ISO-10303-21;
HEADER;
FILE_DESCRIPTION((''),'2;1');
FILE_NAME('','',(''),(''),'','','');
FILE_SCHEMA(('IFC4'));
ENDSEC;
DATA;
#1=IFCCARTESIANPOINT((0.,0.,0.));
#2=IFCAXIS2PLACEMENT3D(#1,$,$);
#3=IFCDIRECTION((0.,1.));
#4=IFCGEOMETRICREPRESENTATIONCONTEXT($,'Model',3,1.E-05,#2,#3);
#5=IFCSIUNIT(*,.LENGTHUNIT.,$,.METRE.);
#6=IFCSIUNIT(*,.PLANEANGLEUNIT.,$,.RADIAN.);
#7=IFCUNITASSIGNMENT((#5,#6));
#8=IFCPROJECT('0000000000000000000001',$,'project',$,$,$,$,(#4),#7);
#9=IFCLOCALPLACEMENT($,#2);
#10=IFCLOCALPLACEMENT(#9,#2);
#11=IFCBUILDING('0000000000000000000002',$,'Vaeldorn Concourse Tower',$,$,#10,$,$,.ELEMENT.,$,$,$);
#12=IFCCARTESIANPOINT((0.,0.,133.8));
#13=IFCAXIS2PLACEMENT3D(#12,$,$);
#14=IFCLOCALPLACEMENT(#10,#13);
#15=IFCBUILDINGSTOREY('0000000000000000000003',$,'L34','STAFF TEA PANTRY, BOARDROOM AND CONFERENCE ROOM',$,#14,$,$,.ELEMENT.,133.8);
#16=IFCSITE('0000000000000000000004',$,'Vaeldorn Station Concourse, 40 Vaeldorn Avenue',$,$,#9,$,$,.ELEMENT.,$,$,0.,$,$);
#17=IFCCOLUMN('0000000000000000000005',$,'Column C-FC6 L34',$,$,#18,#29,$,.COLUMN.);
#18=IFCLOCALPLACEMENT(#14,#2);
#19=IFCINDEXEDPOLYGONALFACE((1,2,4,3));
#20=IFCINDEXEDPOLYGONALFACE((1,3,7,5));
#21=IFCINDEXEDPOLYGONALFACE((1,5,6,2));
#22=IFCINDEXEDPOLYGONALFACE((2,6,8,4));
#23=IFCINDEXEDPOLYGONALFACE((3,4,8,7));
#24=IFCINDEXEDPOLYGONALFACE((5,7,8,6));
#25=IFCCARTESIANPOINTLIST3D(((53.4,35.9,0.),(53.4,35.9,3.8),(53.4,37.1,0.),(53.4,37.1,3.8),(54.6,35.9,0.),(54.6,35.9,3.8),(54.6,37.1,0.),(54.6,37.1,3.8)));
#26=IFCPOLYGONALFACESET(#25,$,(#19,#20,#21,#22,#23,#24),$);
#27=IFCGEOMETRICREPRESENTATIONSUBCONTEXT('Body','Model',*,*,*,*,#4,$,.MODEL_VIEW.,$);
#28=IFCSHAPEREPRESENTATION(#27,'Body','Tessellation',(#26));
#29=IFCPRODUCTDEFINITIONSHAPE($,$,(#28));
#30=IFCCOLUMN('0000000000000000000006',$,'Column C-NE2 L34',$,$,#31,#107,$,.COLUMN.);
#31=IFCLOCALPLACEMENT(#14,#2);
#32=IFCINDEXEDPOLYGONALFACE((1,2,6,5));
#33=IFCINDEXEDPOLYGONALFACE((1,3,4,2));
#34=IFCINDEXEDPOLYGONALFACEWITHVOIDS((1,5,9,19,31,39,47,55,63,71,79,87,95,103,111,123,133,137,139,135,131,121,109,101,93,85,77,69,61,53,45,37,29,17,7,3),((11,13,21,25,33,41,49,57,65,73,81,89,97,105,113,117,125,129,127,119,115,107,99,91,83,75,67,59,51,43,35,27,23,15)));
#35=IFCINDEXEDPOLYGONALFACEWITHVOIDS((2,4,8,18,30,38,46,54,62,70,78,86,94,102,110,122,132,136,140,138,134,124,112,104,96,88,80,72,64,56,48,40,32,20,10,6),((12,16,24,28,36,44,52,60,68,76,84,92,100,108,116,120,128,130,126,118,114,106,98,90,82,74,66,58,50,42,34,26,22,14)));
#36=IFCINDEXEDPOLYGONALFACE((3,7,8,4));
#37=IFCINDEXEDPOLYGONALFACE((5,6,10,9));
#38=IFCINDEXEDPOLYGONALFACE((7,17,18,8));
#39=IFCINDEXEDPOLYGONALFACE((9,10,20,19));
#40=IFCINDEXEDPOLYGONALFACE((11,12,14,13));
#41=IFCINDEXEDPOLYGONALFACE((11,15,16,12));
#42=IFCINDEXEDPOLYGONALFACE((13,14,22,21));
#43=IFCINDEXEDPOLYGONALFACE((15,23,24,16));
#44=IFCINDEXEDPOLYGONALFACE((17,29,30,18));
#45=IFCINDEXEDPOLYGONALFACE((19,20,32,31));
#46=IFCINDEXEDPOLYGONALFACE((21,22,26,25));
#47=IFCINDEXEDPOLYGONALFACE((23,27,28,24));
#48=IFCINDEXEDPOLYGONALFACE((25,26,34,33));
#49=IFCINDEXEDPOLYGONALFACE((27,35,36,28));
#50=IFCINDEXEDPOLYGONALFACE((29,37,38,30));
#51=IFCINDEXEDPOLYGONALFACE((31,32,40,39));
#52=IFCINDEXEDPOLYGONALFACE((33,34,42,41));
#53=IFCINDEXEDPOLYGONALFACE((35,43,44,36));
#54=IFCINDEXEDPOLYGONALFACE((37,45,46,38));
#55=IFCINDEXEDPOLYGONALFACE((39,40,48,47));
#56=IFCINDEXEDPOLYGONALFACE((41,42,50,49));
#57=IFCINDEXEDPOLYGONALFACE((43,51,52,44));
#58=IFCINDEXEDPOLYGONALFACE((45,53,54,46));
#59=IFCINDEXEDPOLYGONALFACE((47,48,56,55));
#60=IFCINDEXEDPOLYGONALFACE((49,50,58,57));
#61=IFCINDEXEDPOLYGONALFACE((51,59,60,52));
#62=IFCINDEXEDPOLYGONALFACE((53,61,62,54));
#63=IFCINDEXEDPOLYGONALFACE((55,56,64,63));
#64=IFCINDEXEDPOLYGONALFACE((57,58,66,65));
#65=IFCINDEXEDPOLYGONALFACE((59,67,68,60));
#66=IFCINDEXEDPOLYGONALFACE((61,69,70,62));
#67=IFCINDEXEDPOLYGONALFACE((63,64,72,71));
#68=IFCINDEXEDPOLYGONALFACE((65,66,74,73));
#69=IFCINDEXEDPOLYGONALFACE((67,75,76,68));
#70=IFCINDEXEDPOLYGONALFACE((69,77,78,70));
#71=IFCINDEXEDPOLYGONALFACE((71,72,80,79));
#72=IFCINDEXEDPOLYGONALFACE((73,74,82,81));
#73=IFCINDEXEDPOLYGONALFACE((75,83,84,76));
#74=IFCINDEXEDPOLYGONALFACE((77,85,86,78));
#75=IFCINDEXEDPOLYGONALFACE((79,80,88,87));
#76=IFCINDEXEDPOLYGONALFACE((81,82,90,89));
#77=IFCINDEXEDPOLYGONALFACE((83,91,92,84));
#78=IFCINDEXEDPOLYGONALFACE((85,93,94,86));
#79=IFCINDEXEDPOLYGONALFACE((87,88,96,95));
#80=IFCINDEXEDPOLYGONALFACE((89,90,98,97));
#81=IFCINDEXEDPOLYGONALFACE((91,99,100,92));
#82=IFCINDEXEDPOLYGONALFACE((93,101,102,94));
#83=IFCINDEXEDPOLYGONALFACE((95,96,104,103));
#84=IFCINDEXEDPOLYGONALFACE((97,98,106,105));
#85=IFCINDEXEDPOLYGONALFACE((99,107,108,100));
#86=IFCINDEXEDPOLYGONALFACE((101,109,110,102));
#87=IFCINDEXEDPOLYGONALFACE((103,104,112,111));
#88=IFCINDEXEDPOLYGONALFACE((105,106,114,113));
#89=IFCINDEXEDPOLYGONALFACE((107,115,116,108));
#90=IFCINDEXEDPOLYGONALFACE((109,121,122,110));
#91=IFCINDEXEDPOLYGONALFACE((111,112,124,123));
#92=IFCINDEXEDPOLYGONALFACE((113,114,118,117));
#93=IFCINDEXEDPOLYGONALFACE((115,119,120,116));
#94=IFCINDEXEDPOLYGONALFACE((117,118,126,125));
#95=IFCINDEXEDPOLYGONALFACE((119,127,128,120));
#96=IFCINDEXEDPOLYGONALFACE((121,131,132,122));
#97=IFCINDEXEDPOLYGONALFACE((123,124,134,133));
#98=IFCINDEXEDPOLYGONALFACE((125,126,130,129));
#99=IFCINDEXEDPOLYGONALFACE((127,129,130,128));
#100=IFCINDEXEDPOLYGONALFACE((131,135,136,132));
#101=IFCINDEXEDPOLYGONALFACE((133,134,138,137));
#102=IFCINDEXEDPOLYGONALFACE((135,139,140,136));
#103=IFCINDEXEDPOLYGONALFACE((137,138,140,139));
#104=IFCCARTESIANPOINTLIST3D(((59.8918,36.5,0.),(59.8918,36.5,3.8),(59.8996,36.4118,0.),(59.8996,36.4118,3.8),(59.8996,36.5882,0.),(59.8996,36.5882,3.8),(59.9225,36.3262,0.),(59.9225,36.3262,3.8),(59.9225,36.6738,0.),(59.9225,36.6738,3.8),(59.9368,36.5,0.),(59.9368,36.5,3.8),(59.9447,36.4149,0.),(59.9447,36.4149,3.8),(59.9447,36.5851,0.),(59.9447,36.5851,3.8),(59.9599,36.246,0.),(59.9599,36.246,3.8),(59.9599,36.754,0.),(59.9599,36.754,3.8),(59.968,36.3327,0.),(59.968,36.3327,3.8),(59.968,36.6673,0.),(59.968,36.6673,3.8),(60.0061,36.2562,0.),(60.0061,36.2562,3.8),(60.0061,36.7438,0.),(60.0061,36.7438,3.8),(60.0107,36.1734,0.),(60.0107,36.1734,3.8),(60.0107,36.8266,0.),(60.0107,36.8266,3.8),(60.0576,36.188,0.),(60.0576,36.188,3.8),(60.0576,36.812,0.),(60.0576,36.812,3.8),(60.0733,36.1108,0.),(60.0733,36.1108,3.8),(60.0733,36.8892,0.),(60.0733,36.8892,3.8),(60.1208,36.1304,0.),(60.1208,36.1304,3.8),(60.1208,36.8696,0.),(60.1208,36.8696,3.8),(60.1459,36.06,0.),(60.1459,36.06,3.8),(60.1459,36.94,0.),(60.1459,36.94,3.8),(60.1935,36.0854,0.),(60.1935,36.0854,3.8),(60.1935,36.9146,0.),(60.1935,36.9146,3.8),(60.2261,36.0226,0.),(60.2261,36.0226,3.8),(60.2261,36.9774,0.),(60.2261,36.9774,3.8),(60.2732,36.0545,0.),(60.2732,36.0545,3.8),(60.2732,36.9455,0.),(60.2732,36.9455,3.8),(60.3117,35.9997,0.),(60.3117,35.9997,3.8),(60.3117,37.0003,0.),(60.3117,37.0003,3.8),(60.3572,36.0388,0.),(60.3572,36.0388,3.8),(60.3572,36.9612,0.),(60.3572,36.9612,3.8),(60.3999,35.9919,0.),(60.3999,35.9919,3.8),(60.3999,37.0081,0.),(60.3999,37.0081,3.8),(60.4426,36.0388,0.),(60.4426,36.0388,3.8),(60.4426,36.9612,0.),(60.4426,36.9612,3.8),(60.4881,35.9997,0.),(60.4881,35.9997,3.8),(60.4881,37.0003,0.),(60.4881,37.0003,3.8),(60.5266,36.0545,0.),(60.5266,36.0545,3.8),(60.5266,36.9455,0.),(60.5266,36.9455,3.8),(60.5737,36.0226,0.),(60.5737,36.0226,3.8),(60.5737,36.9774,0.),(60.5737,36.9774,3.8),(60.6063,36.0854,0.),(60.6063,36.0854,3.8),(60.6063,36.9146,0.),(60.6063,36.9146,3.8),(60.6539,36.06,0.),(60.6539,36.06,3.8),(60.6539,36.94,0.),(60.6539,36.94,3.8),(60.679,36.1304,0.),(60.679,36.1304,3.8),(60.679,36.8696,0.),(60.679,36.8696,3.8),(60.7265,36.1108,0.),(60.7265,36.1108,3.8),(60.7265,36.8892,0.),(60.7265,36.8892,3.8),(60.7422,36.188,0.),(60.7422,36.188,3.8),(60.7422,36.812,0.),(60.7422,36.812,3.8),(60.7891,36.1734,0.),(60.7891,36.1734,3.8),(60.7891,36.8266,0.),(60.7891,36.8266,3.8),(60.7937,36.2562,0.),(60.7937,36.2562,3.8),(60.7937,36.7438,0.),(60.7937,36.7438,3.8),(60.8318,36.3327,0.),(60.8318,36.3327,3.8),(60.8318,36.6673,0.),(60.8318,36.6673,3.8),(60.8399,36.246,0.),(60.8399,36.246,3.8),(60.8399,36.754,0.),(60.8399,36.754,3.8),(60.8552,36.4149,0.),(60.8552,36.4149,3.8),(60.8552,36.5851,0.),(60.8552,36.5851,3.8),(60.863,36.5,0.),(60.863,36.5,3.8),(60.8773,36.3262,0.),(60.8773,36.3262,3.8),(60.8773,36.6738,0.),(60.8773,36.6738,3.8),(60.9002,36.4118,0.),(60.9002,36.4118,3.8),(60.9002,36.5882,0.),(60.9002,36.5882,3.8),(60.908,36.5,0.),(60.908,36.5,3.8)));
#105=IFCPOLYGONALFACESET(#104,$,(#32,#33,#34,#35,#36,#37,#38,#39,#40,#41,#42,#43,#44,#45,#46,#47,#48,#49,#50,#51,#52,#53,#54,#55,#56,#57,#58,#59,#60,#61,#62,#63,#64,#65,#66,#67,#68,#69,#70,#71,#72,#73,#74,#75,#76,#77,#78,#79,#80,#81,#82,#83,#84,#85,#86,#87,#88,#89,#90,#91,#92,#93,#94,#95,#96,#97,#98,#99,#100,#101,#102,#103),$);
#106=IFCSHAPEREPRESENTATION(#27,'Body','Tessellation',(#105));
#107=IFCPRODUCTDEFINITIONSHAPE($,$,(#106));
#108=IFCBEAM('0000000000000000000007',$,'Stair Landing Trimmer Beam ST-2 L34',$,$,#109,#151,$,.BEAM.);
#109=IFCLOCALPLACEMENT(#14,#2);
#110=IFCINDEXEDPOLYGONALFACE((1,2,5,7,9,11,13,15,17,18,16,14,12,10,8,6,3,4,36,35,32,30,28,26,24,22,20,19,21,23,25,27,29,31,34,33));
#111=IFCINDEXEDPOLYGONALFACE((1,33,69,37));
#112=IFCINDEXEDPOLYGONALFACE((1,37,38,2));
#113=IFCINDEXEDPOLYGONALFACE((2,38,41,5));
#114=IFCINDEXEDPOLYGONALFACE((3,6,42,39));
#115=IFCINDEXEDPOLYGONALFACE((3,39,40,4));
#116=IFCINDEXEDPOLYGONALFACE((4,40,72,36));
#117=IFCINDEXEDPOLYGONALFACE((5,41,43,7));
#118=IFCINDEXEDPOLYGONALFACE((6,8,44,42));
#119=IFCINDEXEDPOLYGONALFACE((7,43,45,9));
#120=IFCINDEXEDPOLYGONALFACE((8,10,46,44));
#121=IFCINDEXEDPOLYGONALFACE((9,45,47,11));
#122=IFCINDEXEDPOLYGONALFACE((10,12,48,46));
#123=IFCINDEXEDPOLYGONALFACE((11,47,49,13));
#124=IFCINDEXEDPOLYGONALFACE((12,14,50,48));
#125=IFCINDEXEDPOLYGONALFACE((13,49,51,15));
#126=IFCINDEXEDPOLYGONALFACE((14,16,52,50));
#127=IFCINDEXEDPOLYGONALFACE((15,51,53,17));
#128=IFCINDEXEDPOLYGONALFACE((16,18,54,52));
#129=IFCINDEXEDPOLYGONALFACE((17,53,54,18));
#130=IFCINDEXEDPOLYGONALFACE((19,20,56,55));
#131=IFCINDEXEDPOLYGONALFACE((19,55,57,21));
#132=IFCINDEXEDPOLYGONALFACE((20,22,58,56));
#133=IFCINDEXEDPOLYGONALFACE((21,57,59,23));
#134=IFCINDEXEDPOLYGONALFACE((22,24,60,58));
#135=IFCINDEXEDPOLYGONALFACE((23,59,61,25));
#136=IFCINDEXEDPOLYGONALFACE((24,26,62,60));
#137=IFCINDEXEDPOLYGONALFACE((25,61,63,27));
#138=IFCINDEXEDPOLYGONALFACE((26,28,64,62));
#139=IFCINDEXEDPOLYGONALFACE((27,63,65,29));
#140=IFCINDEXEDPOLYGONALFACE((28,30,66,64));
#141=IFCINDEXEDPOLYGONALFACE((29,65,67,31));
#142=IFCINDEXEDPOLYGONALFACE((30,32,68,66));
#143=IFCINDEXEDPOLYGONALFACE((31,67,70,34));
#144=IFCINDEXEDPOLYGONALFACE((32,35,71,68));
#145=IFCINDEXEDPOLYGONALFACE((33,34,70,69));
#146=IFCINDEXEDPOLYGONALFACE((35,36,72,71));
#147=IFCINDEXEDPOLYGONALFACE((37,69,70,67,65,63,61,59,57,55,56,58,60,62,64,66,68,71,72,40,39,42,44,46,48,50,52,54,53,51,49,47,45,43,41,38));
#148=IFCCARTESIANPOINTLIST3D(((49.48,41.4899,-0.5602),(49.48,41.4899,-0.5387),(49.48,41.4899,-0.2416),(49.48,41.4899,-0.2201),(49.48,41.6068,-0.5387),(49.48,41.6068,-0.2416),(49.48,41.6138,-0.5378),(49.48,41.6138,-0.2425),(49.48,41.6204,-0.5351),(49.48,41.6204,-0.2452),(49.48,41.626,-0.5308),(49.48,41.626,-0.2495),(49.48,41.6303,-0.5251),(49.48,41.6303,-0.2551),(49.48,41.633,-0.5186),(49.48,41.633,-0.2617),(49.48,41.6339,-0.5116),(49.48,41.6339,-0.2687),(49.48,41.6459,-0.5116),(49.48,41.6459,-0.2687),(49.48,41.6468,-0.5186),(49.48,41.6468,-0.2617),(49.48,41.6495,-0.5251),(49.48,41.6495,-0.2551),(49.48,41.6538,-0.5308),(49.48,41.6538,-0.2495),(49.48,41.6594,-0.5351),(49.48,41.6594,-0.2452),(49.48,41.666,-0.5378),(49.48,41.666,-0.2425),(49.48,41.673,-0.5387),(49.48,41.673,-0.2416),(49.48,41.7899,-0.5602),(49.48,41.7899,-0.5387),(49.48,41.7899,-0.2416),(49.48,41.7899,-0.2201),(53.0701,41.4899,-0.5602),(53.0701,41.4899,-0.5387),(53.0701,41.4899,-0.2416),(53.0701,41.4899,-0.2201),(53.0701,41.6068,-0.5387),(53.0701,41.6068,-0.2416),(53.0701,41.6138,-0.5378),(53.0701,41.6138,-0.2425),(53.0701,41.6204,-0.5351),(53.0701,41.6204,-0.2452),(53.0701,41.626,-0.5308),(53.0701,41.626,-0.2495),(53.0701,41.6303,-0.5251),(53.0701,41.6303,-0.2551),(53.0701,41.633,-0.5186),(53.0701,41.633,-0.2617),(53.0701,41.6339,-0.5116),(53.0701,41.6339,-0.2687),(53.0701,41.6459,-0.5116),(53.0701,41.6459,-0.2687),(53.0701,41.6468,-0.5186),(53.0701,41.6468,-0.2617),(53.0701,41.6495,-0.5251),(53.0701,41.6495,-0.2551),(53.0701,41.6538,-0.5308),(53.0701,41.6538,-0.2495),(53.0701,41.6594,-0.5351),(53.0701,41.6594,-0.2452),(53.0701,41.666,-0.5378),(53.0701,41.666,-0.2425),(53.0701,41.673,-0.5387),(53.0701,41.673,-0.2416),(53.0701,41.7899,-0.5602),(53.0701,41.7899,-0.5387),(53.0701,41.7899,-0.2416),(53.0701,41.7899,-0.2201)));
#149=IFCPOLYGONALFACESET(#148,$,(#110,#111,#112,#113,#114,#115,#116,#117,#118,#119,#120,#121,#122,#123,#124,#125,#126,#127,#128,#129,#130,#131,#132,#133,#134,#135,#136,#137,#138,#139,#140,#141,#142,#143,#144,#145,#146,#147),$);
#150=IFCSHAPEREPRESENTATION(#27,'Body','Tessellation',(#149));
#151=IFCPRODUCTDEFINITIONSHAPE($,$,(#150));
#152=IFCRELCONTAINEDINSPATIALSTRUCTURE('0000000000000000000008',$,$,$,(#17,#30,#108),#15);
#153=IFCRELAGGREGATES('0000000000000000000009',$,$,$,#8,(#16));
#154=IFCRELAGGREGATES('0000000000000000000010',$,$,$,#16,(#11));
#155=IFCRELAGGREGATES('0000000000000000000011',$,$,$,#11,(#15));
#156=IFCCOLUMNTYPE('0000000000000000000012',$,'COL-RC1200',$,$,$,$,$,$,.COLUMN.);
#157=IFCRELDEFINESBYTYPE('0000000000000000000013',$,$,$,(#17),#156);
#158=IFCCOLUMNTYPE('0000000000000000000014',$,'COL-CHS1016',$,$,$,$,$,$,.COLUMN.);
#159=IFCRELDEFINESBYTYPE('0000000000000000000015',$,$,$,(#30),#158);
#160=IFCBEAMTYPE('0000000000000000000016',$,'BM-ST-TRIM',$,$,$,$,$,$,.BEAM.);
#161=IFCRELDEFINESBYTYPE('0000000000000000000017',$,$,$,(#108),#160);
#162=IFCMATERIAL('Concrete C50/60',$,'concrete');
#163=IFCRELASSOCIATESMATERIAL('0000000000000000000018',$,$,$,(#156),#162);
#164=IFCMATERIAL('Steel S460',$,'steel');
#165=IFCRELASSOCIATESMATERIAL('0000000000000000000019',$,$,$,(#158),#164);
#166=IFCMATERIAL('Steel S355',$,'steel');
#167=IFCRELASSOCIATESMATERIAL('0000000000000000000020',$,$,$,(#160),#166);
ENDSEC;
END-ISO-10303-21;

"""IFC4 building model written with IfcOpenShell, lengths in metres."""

from ifc_helpers import new_model, si_unit, direction, frame, origin, origin_2d, place, context, subcontext, project, spatial, rectangle, hollow_circle, i_section, extrude, source, transform, mapped, material, material_profile, profile_set, type_object, element, save


model = new_model("IFC4")

# Units and contexts
model_context = context("Model", 3, precision=1e-05, world=origin(), true_north=direction((0.0, 1.0)))
body_context = subcontext(model_context, "Body", "Model", "MODEL_VIEW")
ifc_project = project(units=[si_unit("LENGTHUNIT", "METRE"), si_unit("PLANEANGLEUNIT", "RADIAN")], contexts=[model_context])

# Site, building, storey
site_placement = place(None, origin())
site = spatial("IfcSite", under=ifc_project, at=site_placement, Name="Vaeldorn Station Concourse, 40 Vaeldorn Avenue", CompositionType="ELEMENT", RefElevation=0.0)
building_placement = place(site_placement, origin())
building = spatial("IfcBuilding", under=site, at=building_placement, Name="Vaeldorn Concourse Tower", CompositionType="ELEMENT")
storey_placement = place(building_placement, frame((0.0, 0.0, 133.8)))
storey = spatial("IfcBuildingStorey", under=building, at=storey_placement, Name="L34", Description="STAFF TEA PANTRY, BOARDROOM AND CONFERENCE ROOM", CompositionType="ELEMENT", Elevation=133.8)

# Columns
ifc_material_1 = material(Name="Concrete C50/60", Category="concrete")
ifc_material_profile_1 = material_profile(ifc_material_1, rectangle(XDim=1.2, YDim=1.2, at=origin_2d()), Name="RC 1200x1200")
ifc_profile_set_1 = profile_set([ifc_material_profile_1], Name="Concrete C50/60")
column_type_1 = type_object("IfcColumnType", Name="COL-RC1200", PredefinedType="COLUMN", material=ifc_profile_set_1)
shared_shape_1 = source(origin(), body_context, "Body", "SweptSolid", [
    extrude(rectangle(XDim=1.2, YDim=1.2, at=origin_2d()), origin(), (0.0, 0.0, 1.0), 3.8),
])
column_1_placement = place(storey_placement, frame((54.0, 36.5, 0.0), z_axis=(0.0, 0.0, 1.0), x_axis=(1.0, 0.0, 0.0)))
element("IfcColumn", 1, at=column_1_placement, inside=storey, type_object=column_type_1, Name="Column C-FC6 L34", PredefinedType="COLUMN", context=body_context, shape_type="MappedRepresentation", body=[
    mapped(shared_shape_1, transform((0.0, 0.0, 0.0), scale=1.0)),
])
ifc_material_2 = material(Name="Steel S460", Category="steel")
ifc_material_profile_2 = material_profile(ifc_material_2, hollow_circle(Radius=0.5081, WallThickness=0.0449, at=origin_2d()), Name="CHS 1016x45")
ifc_profile_set_2 = profile_set([ifc_material_profile_2], Name="Steel S460")
column_type_2 = type_object("IfcColumnType", Name="COL-CHS1016", PredefinedType="COLUMN", material=ifc_profile_set_2)
shared_shape_2 = source(origin(), body_context, "Body", "SweptSolid", [
    extrude(hollow_circle(Radius=0.5081, WallThickness=0.0449, at=origin_2d()), origin(), (0.0, 0.0, 1.0), 3.8),
])
column_2_placement = place(storey_placement, frame((60.3999, 36.5, 0.0), z_axis=(0.0, 0.0, 1.0), x_axis=(1.0, 0.0, 0.0)))
element("IfcColumn", 2, at=column_2_placement, inside=storey, type_object=column_type_2, Name="Column C-NE2 L34", PredefinedType="COLUMN", context=body_context, shape_type="MappedRepresentation", body=[
    mapped(shared_shape_2, transform((0.0, 0.0, 0.0), scale=1.0)),
])

# Beam
ifc_material_3 = material(Name="Steel S355", Category="steel")
ifc_material_profile_3 = material_profile(ifc_material_3, i_section(OverallWidth=0.3, OverallDepth=0.3401, WebThickness=0.012, FlangeThickness=0.0215, FilletRadius=0.0271, at=origin_2d()), Name="HEB 340")
ifc_profile_set_3 = profile_set([ifc_material_profile_3], Name="Steel S355")
beam_type_1 = type_object("IfcBeamType", Name="BM-ST-TRIM", PredefinedType="BEAM", material=ifc_profile_set_3)
shared_shape_3 = source(origin(), body_context, "Body", "SweptSolid", [
    extrude(i_section(OverallWidth=0.3, OverallDepth=0.3401, WebThickness=0.012, FlangeThickness=0.0215, FilletRadius=0.0271, at=origin_2d()), origin(), (0.0, 0.0, 1.0), 3.5901),
])
beam_1_placement = place(storey_placement, frame((49.48, 41.6399, -0.3901), z_axis=(1.0, 0.0, 0.0), x_axis=(0.0, 1.0, 0.0)))
element("IfcBeam", 3, at=beam_1_placement, inside=storey, type_object=beam_type_1, Name="Stair Landing Trimmer Beam ST-2 L34", PredefinedType="BEAM", context=body_context, shape_type="MappedRepresentation", body=[
    mapped(shared_shape_3, transform((0.0, 0.0, 0.0), scale=1.0)),
])

save(model, "model.ifc")
